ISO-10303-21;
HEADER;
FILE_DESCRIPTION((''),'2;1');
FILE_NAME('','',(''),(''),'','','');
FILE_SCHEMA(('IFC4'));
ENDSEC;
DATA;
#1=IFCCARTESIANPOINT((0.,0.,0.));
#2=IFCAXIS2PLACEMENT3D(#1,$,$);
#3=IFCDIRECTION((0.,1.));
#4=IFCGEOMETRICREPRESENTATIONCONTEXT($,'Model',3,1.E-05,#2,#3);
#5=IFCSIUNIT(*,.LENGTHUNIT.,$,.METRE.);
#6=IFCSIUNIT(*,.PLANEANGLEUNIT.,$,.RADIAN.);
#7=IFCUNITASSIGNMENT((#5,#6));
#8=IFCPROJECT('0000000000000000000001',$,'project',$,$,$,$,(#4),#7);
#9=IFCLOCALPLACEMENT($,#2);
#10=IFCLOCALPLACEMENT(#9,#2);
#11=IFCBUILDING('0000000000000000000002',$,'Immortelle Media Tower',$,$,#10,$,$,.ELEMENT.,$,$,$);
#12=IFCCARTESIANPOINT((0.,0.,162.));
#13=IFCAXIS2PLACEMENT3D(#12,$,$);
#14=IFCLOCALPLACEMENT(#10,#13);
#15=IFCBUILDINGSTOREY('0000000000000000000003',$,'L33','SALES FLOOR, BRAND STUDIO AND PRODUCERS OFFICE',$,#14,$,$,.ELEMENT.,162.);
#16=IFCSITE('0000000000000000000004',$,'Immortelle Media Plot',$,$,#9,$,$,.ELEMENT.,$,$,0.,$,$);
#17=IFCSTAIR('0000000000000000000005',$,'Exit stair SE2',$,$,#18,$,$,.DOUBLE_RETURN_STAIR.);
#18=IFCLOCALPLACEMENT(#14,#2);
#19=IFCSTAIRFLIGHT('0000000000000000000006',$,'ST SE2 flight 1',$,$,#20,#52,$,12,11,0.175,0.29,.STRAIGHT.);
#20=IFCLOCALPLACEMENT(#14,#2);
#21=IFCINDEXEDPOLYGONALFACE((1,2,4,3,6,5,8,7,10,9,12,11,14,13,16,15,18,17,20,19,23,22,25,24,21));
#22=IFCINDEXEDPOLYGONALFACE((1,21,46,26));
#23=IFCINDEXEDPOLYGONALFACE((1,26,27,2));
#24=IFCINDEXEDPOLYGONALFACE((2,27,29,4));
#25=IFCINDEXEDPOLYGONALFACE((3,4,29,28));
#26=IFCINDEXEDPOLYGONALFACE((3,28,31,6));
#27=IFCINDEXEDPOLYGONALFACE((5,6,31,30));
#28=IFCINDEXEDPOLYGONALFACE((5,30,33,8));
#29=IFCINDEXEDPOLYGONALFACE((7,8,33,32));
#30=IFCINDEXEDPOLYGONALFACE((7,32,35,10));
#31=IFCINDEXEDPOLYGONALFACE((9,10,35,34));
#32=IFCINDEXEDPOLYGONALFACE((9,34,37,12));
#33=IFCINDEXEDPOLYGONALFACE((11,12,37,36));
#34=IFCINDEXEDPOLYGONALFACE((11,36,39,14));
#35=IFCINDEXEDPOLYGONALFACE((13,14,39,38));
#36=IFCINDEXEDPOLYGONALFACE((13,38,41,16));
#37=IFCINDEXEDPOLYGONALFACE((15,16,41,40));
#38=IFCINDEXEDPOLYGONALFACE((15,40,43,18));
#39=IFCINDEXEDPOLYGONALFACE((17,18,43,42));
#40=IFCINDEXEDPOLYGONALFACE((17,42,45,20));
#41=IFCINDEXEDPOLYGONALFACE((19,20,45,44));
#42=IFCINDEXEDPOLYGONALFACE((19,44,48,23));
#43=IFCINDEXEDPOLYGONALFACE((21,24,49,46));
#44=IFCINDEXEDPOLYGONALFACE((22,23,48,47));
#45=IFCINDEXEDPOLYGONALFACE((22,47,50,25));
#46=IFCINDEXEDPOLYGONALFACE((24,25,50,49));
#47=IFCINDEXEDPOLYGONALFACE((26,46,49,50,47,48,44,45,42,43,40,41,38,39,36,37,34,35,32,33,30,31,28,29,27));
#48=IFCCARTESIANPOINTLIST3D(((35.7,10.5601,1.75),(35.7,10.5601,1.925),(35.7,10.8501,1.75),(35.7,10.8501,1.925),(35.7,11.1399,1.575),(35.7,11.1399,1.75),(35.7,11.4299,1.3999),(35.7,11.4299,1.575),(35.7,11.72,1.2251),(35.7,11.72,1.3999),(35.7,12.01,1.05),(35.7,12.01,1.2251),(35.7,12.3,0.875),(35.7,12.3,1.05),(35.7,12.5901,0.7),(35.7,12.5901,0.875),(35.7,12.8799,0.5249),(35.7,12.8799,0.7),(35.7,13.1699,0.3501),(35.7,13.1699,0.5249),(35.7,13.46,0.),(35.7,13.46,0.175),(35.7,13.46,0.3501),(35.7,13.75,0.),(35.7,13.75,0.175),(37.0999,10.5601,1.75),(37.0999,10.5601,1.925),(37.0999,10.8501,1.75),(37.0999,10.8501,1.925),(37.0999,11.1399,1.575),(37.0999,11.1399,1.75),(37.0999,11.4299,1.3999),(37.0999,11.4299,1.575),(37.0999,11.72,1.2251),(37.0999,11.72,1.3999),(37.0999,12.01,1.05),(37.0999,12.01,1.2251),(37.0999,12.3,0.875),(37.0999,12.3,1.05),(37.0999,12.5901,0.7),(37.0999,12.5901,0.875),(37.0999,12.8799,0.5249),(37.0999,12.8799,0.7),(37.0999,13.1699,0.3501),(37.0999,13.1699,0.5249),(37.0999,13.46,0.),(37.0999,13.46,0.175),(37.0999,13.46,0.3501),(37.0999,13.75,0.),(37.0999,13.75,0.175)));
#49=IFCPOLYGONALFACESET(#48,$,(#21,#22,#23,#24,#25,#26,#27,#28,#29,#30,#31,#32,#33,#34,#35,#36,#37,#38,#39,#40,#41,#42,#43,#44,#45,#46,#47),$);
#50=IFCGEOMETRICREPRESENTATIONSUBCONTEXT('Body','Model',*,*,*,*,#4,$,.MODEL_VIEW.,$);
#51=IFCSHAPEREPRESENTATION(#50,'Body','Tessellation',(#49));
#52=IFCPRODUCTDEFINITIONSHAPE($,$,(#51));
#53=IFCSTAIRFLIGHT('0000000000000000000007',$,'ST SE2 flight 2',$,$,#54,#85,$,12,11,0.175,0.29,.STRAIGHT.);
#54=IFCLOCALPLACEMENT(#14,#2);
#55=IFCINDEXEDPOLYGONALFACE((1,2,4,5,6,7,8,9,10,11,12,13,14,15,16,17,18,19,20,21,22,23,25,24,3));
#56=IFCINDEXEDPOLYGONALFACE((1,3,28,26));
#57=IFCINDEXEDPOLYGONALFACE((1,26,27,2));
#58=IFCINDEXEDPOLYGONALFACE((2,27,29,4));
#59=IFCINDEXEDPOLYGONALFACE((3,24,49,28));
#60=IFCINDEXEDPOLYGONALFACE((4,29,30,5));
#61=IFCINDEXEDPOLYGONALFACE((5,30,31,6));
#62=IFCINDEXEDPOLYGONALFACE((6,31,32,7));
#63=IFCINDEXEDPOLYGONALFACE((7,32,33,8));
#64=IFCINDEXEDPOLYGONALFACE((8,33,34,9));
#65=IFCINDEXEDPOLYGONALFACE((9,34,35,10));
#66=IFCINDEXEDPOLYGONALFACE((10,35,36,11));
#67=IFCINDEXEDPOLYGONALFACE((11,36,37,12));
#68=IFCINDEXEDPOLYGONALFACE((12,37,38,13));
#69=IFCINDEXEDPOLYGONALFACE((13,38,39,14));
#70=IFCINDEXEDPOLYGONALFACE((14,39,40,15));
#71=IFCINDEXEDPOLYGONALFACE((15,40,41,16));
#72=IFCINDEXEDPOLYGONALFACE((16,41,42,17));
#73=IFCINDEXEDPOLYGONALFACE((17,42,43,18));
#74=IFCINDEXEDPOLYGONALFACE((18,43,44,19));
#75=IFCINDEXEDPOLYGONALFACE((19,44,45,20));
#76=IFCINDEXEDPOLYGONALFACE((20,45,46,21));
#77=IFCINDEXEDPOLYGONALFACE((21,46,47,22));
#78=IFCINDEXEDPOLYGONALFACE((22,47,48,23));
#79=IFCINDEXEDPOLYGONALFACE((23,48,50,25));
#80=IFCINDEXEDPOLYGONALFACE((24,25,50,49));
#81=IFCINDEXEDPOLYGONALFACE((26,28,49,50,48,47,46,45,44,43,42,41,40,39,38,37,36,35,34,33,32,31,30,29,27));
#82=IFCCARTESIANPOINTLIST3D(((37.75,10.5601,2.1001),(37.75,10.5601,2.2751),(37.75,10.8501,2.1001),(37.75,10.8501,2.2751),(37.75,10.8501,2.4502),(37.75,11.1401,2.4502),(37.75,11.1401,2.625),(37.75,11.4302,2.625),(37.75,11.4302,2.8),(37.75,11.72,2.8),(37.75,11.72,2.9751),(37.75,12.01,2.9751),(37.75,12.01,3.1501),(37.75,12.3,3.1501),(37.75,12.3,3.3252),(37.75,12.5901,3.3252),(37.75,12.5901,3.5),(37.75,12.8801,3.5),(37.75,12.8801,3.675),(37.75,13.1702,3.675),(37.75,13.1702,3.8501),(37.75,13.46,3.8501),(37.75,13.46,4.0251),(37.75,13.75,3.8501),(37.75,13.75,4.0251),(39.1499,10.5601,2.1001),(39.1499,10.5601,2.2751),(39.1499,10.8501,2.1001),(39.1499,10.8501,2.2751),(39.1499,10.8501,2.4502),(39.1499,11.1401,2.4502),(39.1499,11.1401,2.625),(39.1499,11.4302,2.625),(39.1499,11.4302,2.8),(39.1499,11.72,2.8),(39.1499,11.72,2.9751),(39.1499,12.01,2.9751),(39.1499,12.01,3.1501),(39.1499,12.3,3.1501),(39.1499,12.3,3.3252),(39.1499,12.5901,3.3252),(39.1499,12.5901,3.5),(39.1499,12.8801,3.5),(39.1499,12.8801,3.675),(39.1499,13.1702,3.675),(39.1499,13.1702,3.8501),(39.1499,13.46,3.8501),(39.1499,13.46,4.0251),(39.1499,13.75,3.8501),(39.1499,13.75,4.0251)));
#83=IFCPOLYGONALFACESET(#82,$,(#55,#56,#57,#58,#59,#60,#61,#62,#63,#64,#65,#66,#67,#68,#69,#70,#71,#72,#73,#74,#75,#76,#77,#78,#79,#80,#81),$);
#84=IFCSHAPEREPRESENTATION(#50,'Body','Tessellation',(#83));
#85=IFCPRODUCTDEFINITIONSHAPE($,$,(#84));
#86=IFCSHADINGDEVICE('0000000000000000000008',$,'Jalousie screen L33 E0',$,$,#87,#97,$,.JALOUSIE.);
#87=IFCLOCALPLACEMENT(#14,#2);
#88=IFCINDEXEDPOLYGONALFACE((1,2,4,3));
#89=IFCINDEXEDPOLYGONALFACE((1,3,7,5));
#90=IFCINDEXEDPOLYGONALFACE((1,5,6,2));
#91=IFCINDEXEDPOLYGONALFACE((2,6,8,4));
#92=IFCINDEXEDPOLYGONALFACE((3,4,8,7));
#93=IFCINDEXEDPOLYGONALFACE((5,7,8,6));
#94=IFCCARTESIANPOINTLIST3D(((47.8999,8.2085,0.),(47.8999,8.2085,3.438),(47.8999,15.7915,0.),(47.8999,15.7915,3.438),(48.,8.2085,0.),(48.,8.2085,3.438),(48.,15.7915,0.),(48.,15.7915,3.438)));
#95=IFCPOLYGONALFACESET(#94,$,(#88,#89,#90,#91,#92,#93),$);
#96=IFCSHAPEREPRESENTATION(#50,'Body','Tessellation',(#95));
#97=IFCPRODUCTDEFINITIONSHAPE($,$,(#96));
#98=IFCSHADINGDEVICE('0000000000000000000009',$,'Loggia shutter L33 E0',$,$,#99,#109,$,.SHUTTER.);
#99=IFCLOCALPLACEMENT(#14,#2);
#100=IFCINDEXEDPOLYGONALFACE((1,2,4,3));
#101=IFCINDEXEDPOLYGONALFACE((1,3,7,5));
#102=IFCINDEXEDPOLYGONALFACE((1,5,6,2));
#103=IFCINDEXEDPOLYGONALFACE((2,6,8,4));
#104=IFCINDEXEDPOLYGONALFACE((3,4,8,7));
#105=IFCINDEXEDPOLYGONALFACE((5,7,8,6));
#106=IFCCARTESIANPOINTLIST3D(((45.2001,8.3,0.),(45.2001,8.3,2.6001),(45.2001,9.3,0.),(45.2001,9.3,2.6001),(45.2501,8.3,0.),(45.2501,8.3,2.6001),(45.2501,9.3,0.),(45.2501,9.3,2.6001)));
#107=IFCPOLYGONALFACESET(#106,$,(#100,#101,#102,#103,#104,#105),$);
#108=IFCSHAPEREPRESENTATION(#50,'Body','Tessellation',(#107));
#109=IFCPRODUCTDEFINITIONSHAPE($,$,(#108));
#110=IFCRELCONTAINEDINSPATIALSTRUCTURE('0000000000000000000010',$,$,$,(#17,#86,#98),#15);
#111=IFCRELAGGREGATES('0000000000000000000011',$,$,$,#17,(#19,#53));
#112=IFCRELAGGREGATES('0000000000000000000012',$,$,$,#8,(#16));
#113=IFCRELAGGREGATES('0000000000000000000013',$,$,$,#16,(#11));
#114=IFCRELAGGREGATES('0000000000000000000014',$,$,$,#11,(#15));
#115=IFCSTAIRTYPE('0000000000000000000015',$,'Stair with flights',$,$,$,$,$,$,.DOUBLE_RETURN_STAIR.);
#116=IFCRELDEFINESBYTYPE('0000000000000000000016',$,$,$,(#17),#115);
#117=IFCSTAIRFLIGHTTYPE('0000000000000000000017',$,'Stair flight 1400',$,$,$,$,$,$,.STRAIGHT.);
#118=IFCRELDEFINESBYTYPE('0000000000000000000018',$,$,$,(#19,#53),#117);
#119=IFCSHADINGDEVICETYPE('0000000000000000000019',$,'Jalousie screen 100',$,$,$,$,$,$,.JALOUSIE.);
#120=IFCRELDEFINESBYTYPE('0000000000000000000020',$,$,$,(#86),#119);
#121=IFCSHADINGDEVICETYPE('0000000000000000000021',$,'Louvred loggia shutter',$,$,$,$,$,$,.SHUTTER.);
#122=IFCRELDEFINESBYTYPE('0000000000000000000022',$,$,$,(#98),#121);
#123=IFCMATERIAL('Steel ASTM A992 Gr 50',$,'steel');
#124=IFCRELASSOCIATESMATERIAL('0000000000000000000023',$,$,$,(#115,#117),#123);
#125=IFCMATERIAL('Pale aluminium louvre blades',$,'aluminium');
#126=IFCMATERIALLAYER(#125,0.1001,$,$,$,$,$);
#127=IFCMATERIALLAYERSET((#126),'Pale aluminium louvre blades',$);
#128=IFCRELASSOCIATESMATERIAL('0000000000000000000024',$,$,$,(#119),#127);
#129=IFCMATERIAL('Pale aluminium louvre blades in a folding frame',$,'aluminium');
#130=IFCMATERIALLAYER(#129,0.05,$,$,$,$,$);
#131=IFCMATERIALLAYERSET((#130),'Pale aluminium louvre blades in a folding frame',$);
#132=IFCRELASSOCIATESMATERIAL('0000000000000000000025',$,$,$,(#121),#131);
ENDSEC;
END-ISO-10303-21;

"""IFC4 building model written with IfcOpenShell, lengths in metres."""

from ifc_helpers import new_model, si_unit, direction, frame, origin, origin_2d, place, context, subcontext, project, spatial, polyline, rectangle, outline, extrude, material, layer, layer_set, type_object, element, aggregate, save


model = new_model("IFC4")

# Units and contexts
model_context = context("Model", 3, precision=1e-05, world=origin(), true_north=direction((0.0, 1.0)))
body_context = subcontext(model_context, "Body", "Model", "MODEL_VIEW")
ifc_project = project(units=[si_unit("LENGTHUNIT", "METRE"), si_unit("PLANEANGLEUNIT", "RADIAN")], contexts=[model_context])

# Site, building, storey
site_placement = place(None, origin())
site = spatial("IfcSite", under=ifc_project, at=site_placement, Name="Immortelle Media Plot", CompositionType="ELEMENT", RefElevation=0.0)
building_placement = place(site_placement, origin())
building = spatial("IfcBuilding", under=site, at=building_placement, Name="Immortelle Media Tower", CompositionType="ELEMENT")
storey_placement = place(building_placement, frame((0.0, 0.0, 162.0)))
storey = spatial("IfcBuildingStorey", under=building, at=storey_placement, Name="L33", Description="SALES FLOOR, BRAND STUDIO AND PRODUCERS OFFICE", CompositionType="ELEMENT", Elevation=162.0)

# Shared definitions
ifc_material_1 = material(Name="Steel ASTM A992 Gr 50", Category="steel")

# Stair, stair flights
stair_type = type_object("IfcStairType", Name="Stair with flights", PredefinedType="DOUBLE_RETURN_STAIR", material=ifc_material_1)
stair_flight_type = type_object("IfcStairFlightType", Name="Stair flight 1400", PredefinedType="STRAIGHT", material=ifc_material_1)
stair_1_placement = place(storey_placement, origin())
stair_1 = element("IfcStair", 1, at=stair_1_placement, inside=storey, type_object=stair_type, Name="Exit stair SE2", PredefinedType="DOUBLE_RETURN_STAIR")
stair_flight_1_placement = place(storey_placement, frame((36.3999, 13.75, 0.0), z_axis=(0.0, 0.0, 1.0), x_axis=(0.0, -1.0, 0.0)))
stair_flight_1 = element("IfcStairFlight", 2, at=stair_flight_1_placement, type_object=stair_flight_type, Name="ST SE2 flight 1", NumberOfRisers=12, NumberOfTreads=11, PredefinedType="STRAIGHT", RiserHeight=0.175, TreadLength=0.29, context=body_context, shape_type="SweptSolid", body=[
    extrude(outline(polyline([(0.0, 0.0), (0.0, 0.175), (0.29, 0.175), (0.29, 0.3501), (0.5801, 0.3501), (0.5801, 0.5249), (0.8701, 0.5249), (0.8701, 0.7), (1.1599, 0.7), (1.1599, 0.875), (1.45, 0.875), (1.45, 1.05), (1.74, 1.05), (1.74, 1.2251), (2.03, 1.2251), (2.03, 1.3999), (2.3201, 1.3999), (2.3201, 1.575), (2.6101, 1.575), (2.6101, 1.75), (2.8999, 1.75), (2.8999, 1.925), (3.1899, 1.925), (3.1899, 2.1001), (3.1899, 1.75), (0.29, 0.0), (0.0, 0.0)])), frame((0.0, 0.7, 0.0), z_axis=(0.0, -1.0, 0.0), x_axis=(1.0, 0.0, 0.0)), (0.0, 0.0, 1.0), 1.3999),
])
stair_flight_2_placement = place(storey_placement, frame((38.45, 10.5601, 2.1001), z_axis=(0.0, 0.0, 1.0), x_axis=(0.0, 1.0, 0.0)))
stair_flight_2 = element("IfcStairFlight", 3, at=stair_flight_2_placement, type_object=stair_flight_type, Name="ST SE2 flight 2", NumberOfRisers=12, NumberOfTreads=11, PredefinedType="STRAIGHT", RiserHeight=0.175, TreadLength=0.29, context=body_context, shape_type="SweptSolid", body=[
    extrude(outline(polyline([(0.0, 0.0), (0.0, 0.175), (0.29, 0.175), (0.29, 0.3501), (0.5801, 0.3501), (0.5801, 0.5249), (0.8701, 0.5249), (0.8701, 0.7), (1.1599, 0.7), (1.1599, 0.875), (1.45, 0.875), (1.45, 1.05), (1.74, 1.05), (1.74, 1.2251), (2.03, 1.2251), (2.03, 1.3999), (2.3201, 1.3999), (2.3201, 1.575), (2.6101, 1.575), (2.6101, 1.75), (2.8999, 1.75), (2.8999, 1.925), (3.1899, 1.925), (3.1899, 2.1001), (3.1899, 1.75), (0.29, 0.0), (0.0, 0.0)])), frame((0.0, 0.7, 0.0), z_axis=(0.0, -1.0, 0.0), x_axis=(1.0, 0.0, 0.0)), (0.0, 0.0, 1.0), 1.3999),
])
aggregate(stair_1, [stair_flight_1, stair_flight_2])

# Shading devices
ifc_material_2 = material(Name="Pale aluminium louvre blades", Category="aluminium")
ifc_layer_1 = layer(ifc_material_2, 0.1001)
ifc_layer_set_1 = layer_set([ifc_layer_1], Name="Pale aluminium louvre blades")
shading_device_type_1 = type_object("IfcShadingDeviceType", Name="Jalousie screen 100", PredefinedType="JALOUSIE", material=ifc_layer_set_1)
shading_device_1_placement = place(storey_placement, frame((47.95, 12.0, 0.0), z_axis=(0.0, 0.0, 1.0), x_axis=(0.0, 1.0, 0.0)))
element("IfcShadingDevice", 4, at=shading_device_1_placement, inside=storey, type_object=shading_device_type_1, Name="Jalousie screen L33 E0", PredefinedType="JALOUSIE", context=body_context, shape_type="SweptSolid", body=[
    extrude(rectangle(XDim=7.583, YDim=0.1001, at=origin_2d()), origin(), (0.0, 0.0, 1.0), 3.438),
])
ifc_material_3 = material(Name="Pale aluminium louvre blades in a folding frame", Category="aluminium")
ifc_layer_2 = layer(ifc_material_3, 0.05)
ifc_layer_set_2 = layer_set([ifc_layer_2], Name="Pale aluminium louvre blades in a folding frame")
shading_device_type_2 = type_object("IfcShadingDeviceType", Name="Louvred loggia shutter", PredefinedType="SHUTTER", material=ifc_layer_set_2)
shading_device_2_placement = place(storey_placement, frame((45.2251, 8.8, 0.0), z_axis=(0.0, 0.0, 1.0), x_axis=(0.0, 1.0, 0.0)))
element("IfcShadingDevice", 5, at=shading_device_2_placement, inside=storey, type_object=shading_device_type_2, Name="Loggia shutter L33 E0", PredefinedType="SHUTTER", context=body_context, shape_type="SweptSolid", body=[
    extrude(rectangle(XDim=1.0, YDim=0.05, at=origin_2d()), origin(), (0.0, 0.0, 1.0), 2.6001),
])

save(model, "model.ifc")
